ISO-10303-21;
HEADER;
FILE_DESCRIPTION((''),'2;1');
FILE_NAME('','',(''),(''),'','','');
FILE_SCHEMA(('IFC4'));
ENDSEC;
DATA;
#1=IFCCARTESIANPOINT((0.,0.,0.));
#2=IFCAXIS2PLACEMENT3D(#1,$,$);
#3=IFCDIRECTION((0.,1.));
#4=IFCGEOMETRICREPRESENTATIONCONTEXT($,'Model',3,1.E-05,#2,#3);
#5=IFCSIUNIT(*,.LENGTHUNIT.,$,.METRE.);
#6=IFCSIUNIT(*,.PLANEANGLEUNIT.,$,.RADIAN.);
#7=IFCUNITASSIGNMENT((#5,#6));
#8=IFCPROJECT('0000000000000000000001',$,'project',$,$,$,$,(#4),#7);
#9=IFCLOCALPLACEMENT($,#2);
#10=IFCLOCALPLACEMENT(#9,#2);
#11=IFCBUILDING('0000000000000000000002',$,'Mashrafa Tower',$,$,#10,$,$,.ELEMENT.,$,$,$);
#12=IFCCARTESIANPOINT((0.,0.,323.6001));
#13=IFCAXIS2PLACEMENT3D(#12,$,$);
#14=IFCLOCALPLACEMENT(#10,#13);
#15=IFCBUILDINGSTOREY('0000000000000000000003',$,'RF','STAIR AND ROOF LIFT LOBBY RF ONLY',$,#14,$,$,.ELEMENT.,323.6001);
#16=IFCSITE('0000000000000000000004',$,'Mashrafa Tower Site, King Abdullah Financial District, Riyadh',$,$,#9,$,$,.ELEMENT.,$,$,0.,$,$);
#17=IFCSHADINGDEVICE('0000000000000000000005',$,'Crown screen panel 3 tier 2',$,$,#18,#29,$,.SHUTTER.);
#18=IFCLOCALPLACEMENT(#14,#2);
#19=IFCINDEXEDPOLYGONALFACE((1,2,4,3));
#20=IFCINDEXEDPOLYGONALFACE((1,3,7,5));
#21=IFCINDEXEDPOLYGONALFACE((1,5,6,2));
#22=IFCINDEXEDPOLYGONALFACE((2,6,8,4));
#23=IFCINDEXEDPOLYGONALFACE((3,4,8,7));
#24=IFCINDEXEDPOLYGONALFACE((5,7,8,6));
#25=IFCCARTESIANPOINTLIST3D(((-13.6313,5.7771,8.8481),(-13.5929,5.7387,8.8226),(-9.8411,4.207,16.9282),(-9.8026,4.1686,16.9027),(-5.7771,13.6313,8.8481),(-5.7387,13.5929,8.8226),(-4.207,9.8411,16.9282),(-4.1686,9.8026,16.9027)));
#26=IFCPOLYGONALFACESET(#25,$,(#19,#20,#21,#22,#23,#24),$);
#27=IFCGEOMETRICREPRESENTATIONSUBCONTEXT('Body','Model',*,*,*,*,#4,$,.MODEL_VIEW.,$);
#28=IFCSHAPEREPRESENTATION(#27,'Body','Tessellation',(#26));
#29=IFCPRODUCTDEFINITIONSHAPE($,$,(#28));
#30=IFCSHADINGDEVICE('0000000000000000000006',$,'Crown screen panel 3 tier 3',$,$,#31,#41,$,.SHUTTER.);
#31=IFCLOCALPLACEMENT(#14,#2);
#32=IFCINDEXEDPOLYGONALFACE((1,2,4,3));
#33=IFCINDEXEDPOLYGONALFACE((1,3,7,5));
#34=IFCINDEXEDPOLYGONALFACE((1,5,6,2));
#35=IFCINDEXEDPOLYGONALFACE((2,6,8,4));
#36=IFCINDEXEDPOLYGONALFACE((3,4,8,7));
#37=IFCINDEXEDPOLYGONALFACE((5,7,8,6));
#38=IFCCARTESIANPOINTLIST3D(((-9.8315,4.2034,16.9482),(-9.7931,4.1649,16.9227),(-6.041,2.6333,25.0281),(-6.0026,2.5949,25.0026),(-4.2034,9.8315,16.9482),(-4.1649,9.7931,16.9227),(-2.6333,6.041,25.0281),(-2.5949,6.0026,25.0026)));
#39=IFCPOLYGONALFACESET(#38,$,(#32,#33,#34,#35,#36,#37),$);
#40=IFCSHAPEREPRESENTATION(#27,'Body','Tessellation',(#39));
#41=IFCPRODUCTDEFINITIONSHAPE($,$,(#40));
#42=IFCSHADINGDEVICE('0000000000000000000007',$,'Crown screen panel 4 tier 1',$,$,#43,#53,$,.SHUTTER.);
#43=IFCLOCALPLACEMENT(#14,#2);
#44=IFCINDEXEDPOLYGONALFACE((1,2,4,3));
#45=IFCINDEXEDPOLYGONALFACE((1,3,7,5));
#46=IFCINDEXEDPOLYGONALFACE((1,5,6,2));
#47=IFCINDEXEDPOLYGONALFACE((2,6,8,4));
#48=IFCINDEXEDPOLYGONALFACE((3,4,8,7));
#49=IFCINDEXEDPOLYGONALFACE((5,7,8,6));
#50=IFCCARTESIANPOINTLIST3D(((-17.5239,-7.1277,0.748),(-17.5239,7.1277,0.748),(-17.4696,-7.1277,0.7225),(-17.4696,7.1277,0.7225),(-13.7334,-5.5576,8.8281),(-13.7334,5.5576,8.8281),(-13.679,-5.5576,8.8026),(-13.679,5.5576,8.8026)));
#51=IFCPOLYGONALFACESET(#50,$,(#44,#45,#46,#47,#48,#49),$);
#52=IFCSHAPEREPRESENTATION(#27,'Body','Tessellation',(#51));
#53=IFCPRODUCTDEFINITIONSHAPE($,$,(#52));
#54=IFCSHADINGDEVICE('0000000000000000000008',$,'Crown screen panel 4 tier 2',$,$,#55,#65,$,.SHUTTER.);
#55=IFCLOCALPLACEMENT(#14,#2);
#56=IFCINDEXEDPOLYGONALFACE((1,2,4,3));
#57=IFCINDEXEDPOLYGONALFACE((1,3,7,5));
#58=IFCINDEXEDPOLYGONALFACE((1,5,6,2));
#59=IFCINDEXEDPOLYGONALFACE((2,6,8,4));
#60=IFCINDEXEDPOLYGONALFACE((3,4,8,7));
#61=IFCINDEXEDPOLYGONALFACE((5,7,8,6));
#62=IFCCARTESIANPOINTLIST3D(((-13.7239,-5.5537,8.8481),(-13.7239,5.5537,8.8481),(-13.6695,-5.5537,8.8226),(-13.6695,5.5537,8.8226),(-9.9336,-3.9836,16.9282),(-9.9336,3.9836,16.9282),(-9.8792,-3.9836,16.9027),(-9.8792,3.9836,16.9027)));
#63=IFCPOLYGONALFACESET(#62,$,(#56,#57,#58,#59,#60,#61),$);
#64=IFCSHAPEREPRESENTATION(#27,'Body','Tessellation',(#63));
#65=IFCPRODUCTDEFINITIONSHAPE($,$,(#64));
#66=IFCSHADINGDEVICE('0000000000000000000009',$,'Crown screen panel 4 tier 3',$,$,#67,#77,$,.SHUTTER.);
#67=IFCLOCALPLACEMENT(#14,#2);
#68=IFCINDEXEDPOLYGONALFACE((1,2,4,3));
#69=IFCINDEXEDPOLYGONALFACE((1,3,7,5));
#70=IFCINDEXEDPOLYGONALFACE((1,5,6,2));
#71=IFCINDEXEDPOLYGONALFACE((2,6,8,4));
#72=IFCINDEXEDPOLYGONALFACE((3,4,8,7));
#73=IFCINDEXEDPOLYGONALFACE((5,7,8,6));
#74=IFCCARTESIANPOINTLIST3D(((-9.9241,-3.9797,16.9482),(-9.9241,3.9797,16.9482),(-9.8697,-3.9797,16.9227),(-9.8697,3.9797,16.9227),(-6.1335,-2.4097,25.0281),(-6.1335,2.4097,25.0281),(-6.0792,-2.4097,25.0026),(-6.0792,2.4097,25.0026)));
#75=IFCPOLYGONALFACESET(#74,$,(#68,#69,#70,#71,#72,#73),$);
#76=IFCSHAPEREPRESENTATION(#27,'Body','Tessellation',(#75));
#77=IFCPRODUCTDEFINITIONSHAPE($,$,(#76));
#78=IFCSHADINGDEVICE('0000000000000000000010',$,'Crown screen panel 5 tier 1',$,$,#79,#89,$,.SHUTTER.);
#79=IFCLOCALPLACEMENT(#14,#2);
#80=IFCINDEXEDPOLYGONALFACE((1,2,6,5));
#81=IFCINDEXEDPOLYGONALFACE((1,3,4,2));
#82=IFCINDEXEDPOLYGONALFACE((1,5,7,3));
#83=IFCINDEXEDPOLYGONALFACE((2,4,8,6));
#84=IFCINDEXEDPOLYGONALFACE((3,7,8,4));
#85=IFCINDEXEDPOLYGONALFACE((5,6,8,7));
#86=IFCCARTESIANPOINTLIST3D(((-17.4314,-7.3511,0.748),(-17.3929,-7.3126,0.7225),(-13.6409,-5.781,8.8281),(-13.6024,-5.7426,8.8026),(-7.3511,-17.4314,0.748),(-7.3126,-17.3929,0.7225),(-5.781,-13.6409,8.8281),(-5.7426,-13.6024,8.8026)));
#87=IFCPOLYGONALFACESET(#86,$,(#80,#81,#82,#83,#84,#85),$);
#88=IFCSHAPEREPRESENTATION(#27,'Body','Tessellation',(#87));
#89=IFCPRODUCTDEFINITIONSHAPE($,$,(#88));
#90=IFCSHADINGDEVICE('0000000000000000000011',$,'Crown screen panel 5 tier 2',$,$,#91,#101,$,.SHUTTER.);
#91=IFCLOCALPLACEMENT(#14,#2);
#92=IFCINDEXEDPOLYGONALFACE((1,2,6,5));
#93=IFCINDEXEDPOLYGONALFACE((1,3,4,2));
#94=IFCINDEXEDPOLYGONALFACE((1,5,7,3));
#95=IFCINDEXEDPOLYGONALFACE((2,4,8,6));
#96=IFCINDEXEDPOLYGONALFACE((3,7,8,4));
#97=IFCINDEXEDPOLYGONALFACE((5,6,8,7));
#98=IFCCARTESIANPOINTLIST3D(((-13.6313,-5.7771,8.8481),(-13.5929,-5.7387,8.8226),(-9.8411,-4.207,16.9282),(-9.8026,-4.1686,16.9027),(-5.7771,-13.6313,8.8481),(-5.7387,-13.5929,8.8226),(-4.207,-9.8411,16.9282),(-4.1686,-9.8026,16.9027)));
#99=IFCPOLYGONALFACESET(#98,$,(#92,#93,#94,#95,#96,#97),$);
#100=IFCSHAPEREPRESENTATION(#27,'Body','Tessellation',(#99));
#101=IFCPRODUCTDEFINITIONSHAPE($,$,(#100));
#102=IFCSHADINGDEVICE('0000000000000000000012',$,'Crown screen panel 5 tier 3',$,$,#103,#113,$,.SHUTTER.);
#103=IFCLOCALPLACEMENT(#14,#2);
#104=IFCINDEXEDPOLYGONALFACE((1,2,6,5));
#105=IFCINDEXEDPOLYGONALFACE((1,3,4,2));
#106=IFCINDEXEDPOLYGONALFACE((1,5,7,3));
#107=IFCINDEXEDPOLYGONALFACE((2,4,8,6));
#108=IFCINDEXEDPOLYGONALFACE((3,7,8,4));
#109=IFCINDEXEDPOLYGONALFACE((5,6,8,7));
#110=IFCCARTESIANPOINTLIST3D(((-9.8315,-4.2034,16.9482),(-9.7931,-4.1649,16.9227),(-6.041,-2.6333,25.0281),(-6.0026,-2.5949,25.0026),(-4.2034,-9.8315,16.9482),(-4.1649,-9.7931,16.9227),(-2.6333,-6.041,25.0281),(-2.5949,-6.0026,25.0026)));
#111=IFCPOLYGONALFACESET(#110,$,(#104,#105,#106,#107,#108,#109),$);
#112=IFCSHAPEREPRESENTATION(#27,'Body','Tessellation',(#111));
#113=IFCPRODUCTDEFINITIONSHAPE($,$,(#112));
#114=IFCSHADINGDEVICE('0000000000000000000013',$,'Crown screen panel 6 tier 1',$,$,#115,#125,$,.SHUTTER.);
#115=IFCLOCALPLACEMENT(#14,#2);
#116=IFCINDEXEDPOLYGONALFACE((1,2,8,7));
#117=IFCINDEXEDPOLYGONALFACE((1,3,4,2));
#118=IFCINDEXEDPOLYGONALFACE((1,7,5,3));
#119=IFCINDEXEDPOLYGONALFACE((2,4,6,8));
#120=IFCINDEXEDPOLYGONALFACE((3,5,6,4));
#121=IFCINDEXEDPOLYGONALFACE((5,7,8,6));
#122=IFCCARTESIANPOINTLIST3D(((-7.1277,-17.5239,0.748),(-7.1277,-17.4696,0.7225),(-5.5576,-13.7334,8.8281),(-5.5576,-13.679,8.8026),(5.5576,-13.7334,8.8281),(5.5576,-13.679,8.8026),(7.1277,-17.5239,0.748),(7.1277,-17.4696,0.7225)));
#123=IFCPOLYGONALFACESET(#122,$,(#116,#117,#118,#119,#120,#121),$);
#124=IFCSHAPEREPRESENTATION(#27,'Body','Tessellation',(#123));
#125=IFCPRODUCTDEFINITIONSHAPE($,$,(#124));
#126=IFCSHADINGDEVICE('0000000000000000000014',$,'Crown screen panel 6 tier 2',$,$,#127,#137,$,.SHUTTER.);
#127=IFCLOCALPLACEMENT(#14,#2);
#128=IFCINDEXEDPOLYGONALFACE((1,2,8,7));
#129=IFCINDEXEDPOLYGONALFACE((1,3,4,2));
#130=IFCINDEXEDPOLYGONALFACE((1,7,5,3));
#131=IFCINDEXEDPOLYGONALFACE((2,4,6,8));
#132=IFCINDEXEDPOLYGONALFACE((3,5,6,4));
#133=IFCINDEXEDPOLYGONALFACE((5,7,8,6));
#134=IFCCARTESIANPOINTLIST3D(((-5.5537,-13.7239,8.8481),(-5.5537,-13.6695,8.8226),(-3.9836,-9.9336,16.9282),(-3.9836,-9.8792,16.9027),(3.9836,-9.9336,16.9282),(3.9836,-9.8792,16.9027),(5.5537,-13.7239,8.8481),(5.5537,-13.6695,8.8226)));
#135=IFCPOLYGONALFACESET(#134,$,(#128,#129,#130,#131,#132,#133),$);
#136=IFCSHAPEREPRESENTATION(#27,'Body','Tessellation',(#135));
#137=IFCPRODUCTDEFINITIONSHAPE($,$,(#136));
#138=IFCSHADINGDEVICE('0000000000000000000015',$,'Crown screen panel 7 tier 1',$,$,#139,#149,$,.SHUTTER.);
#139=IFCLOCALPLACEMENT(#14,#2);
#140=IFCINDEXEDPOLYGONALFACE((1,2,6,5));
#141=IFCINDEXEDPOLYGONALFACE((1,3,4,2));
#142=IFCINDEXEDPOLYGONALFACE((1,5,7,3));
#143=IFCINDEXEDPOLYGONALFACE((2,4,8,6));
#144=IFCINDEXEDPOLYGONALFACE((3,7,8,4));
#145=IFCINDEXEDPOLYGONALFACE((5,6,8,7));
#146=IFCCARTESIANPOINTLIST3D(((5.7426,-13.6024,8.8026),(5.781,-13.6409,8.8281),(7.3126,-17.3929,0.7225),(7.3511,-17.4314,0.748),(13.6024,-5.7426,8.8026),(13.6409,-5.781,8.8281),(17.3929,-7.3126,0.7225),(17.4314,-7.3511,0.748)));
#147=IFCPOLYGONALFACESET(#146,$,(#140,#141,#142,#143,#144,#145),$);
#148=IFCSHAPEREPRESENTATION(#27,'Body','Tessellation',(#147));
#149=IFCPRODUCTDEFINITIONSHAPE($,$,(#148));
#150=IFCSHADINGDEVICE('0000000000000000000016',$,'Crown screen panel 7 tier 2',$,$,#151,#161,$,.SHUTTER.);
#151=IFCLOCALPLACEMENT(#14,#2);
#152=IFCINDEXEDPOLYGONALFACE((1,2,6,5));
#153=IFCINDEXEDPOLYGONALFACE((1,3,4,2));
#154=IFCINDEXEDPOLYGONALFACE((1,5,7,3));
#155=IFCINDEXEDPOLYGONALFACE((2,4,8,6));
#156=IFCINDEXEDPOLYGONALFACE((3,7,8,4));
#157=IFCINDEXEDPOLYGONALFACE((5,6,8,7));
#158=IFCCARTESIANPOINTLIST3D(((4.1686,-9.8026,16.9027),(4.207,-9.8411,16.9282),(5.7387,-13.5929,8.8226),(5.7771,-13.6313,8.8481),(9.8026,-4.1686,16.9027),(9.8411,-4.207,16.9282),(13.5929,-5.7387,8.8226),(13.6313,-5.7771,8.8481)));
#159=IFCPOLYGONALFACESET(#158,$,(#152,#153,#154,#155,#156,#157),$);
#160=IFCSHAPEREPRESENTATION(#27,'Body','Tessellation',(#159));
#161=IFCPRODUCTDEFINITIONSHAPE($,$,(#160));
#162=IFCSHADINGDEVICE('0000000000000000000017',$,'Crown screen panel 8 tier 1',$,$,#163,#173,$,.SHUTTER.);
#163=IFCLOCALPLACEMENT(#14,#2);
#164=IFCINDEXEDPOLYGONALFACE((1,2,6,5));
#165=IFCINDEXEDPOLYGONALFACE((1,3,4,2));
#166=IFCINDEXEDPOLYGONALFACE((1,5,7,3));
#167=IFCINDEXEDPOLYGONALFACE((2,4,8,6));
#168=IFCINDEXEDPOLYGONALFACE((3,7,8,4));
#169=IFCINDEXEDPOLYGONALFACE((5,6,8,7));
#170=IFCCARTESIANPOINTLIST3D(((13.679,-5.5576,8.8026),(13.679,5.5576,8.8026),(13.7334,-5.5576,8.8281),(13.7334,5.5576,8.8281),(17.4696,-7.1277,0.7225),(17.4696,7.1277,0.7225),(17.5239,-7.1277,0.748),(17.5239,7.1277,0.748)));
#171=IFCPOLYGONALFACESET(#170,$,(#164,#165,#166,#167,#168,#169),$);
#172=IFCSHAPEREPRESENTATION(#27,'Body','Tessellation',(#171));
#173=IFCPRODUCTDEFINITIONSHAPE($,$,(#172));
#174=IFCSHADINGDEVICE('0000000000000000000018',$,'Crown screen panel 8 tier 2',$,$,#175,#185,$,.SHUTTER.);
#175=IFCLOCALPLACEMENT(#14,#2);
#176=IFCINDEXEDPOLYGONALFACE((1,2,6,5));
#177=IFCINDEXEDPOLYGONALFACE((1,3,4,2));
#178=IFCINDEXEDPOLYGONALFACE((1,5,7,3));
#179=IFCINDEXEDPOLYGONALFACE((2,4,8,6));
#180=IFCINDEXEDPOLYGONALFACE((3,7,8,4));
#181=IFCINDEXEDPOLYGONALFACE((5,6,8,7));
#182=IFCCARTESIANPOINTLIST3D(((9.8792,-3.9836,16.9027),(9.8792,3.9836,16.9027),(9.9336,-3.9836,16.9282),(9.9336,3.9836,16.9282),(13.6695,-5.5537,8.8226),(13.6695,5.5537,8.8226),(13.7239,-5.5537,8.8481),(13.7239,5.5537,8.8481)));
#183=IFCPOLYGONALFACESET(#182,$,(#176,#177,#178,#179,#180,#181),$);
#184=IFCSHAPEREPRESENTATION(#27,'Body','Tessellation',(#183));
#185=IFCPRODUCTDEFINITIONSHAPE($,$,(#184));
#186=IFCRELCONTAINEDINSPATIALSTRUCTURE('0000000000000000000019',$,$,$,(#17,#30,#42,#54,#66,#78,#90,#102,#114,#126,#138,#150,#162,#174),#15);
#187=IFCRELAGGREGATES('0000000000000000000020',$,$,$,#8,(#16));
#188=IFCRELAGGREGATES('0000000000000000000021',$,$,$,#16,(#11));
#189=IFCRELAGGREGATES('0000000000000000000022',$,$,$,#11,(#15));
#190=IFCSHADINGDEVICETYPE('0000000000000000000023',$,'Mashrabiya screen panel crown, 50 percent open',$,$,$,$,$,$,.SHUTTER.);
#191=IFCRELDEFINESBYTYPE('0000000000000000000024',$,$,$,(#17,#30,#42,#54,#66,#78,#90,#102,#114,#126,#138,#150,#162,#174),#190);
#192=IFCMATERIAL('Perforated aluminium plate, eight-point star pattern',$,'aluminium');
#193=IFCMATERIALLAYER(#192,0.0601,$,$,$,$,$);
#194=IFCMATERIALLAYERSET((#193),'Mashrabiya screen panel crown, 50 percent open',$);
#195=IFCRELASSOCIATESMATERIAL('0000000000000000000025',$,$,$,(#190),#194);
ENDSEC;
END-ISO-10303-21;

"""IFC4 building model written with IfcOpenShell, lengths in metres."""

from ifc_helpers import new_model, si_unit, direction, frame, origin, place, context, subcontext, project, spatial, polyline, outline, extrude, material, layer, layer_set, type_object, element, save


model = new_model("IFC4")

# Units and contexts
model_context = context("Model", 3, precision=1e-05, world=origin(), true_north=direction((0.0, 1.0)))
body_context = subcontext(model_context, "Body", "Model", "MODEL_VIEW")
ifc_project = project(units=[si_unit("LENGTHUNIT", "METRE"), si_unit("PLANEANGLEUNIT", "RADIAN")], contexts=[model_context])

# Site, building, storey
site_placement = place(None, origin())
site = spatial("IfcSite", under=ifc_project, at=site_placement, Name="Mashrafa Tower Site, King Abdullah Financial District, Riyadh", CompositionType="ELEMENT", RefElevation=0.0)
building_placement = place(site_placement, origin())
building = spatial("IfcBuilding", under=site, at=building_placement, Name="Mashrafa Tower", CompositionType="ELEMENT")
storey_placement = place(building_placement, frame((0.0, 0.0, 323.6001)))
storey = spatial("IfcBuildingStorey", under=building, at=storey_placement, Name="RF", Description="STAIR AND ROOF LIFT LOBBY RF ONLY", CompositionType="ELEMENT", Elevation=323.6001)

# Shading devices
ifc_material_1 = material(Name="Perforated aluminium plate, eight-point star pattern", Category="aluminium")
ifc_layer = layer(ifc_material_1, 0.0601)
ifc_layer_set = layer_set([ifc_layer], Name="Mashrabiya screen panel crown, 50 percent open")
shading_device_type = type_object("IfcShadingDeviceType", Name="Mashrabiya screen panel crown, 50 percent open", PredefinedType="SHUTTER", material=ifc_layer_set)
shading_device_1_placement = place(storey_placement, frame((-5.7771, 13.6313, 8.8481), z_axis=(-0.640171, 0.640171, 0.424691), x_axis=(-0.707107, -0.707107, 0.0)))
element("IfcShadingDevice", 1, at=shading_device_1_placement, inside=storey, type_object=shading_device_type, Name="Crown screen panel 3 tier 2", PredefinedType="SHUTTER", context=body_context, shape_type="SweptSolid", body=[
    extrude(outline(polyline([(0.0, 0.0), (11.1076, 0.0), (9.5377, 8.9249), (1.5699, 8.9249), (0.0, 0.0)])), origin(), (0.0, 0.0, -1.0), 0.0601),
])
shading_device_2_placement = place(storey_placement, frame((-4.2034, 9.8315, 16.9482), z_axis=(-0.640162, 0.640162, 0.424718), x_axis=(-0.707107, -0.707107, 0.0)))
element("IfcShadingDevice", 2, at=shading_device_2_placement, inside=storey, type_object=shading_device_type, Name="Crown screen panel 3 tier 3", PredefinedType="SHUTTER", context=body_context, shape_type="SweptSolid", body=[
    extrude(outline(polyline([(0.0, 0.0), (7.9594, 0.0), (6.3893, 8.9248), (1.5701, 8.9248), (0.0, 0.0)])), origin(), (0.0, 0.0, -1.0), 0.0601),
])
shading_device_3_placement = place(storey_placement, frame((-17.5239, 7.1277, 0.748), z_axis=(-0.90533, 0.0, 0.424709), x_axis=(0.0, -1.0, 0.0)))
element("IfcShadingDevice", 3, at=shading_device_3_placement, inside=storey, type_object=shading_device_type, Name="Crown screen panel 4 tier 1", PredefinedType="SHUTTER", context=body_context, shape_type="SweptSolid", body=[
    extrude(outline(polyline([(0.0, 0.0), (14.2554, 0.0), (12.6853, 8.925), (1.5701, 8.925), (0.0, 0.0)])), origin(), (0.0, 0.0, -1.0), 0.0601),
])
shading_device_4_placement = place(storey_placement, frame((-13.7239, 5.5537, 8.8481), z_axis=(-0.905341, 0.0, 0.424686), x_axis=(0.0, -1.0, 0.0)))
element("IfcShadingDevice", 4, at=shading_device_4_placement, inside=storey, type_object=shading_device_type, Name="Crown screen panel 4 tier 2", PredefinedType="SHUTTER", context=body_context, shape_type="SweptSolid", body=[
    extrude(outline(polyline([(0.0, 0.0), (11.1074, 0.0), (9.5374, 8.9249), (1.5701, 8.9249), (0.0, 0.0)])), origin(), (0.0, 0.0, -1.0), 0.0601),
])
shading_device_5_placement = place(storey_placement, frame((-9.9241, 3.9797, 16.9482), z_axis=(-0.905325, 0.0, 0.424719), x_axis=(0.0, -1.0, 0.0)))
element("IfcShadingDevice", 5, at=shading_device_5_placement, inside=storey, type_object=shading_device_type, Name="Crown screen panel 4 tier 3", PredefinedType="SHUTTER", context=body_context, shape_type="SweptSolid", body=[
    extrude(outline(polyline([(0.0, 0.0), (7.9595, 0.0), (6.3894, 8.9248), (1.5701, 8.9248), (0.0, 0.0)])), origin(), (0.0, 0.0, -1.0), 0.0601),
])
shading_device_6_placement = place(storey_placement, frame((-17.4314, -7.3511, 0.748), z_axis=(-0.640165, -0.640165, 0.424707), x_axis=(0.707107, -0.707107, 0.0)))
element("IfcShadingDevice", 6, at=shading_device_6_placement, inside=storey, type_object=shading_device_type, Name="Crown screen panel 5 tier 1", PredefinedType="SHUTTER", context=body_context, shape_type="SweptSolid", body=[
    extrude(outline(polyline([(0.0, 0.0), (14.2557, 0.0), (12.6856, 8.925), (1.5701, 8.925), (0.0, 0.0)])), origin(), (0.0, 0.0, -1.0), 0.0601),
])
shading_device_7_placement = place(storey_placement, frame((-13.6313, -5.7771, 8.8481), z_axis=(-0.640171, -0.640171, 0.424691), x_axis=(0.707107, -0.707107, 0.0)))
element("IfcShadingDevice", 7, at=shading_device_7_placement, inside=storey, type_object=shading_device_type, Name="Crown screen panel 5 tier 2", PredefinedType="SHUTTER", context=body_context, shape_type="SweptSolid", body=[
    extrude(outline(polyline([(0.0, 0.0), (11.1076, 0.0), (9.5377, 8.9249), (1.5699, 8.9249), (0.0, 0.0)])), origin(), (0.0, 0.0, -1.0), 0.0601),
])
shading_device_8_placement = place(storey_placement, frame((-9.8315, -4.2034, 16.9482), z_axis=(-0.640162, -0.640162, 0.424718), x_axis=(0.707107, -0.707107, 0.0)))
element("IfcShadingDevice", 8, at=shading_device_8_placement, inside=storey, type_object=shading_device_type, Name="Crown screen panel 5 tier 3", PredefinedType="SHUTTER", context=body_context, shape_type="SweptSolid", body=[
    extrude(outline(polyline([(0.0, 0.0), (7.9594, 0.0), (6.3893, 8.9248), (1.5701, 8.9248), (0.0, 0.0)])), origin(), (0.0, 0.0, -1.0), 0.0601),
])
shading_device_9_placement = place(storey_placement, frame((-7.1277, -17.5239, 0.748), z_axis=(0.0, -0.90533, 0.424709), x_axis=(1.0, 0.0, 0.0)))
element("IfcShadingDevice", 9, at=shading_device_9_placement, inside=storey, type_object=shading_device_type, Name="Crown screen panel 6 tier 1", PredefinedType="SHUTTER", context=body_context, shape_type="SweptSolid", body=[
    extrude(outline(polyline([(0.0, 0.0), (14.2554, 0.0), (12.6853, 8.925), (1.5701, 8.925), (0.0, 0.0)])), origin(), (0.0, 0.0, -1.0), 0.0601),
])
shading_device_10_placement = place(storey_placement, frame((-5.5537, -13.7239, 8.8481), z_axis=(0.0, -0.905341, 0.424686), x_axis=(1.0, 0.0, 0.0)))
element("IfcShadingDevice", 10, at=shading_device_10_placement, inside=storey, type_object=shading_device_type, Name="Crown screen panel 6 tier 2", PredefinedType="SHUTTER", context=body_context, shape_type="SweptSolid", body=[
    extrude(outline(polyline([(0.0, 0.0), (11.1074, 0.0), (9.5374, 8.9249), (1.5701, 8.9249), (0.0, 0.0)])), origin(), (0.0, 0.0, -1.0), 0.0601),
])
shading_device_11_placement = place(storey_placement, frame((7.3511, -17.4314, 0.748), z_axis=(0.640165, -0.640165, 0.424707), x_axis=(0.707107, 0.707107, 0.0)))
element("IfcShadingDevice", 11, at=shading_device_11_placement, inside=storey, type_object=shading_device_type, Name="Crown screen panel 7 tier 1", PredefinedType="SHUTTER", context=body_context, shape_type="SweptSolid", body=[
    extrude(outline(polyline([(0.0, 0.0), (14.2557, 0.0), (12.6856, 8.925), (1.5701, 8.925), (0.0, 0.0)])), origin(), (0.0, 0.0, -1.0), 0.0601),
])
shading_device_12_placement = place(storey_placement, frame((5.7771, -13.6313, 8.8481), z_axis=(0.640171, -0.640171, 0.424691), x_axis=(0.707107, 0.707107, 0.0)))
element("IfcShadingDevice", 12, at=shading_device_12_placement, inside=storey, type_object=shading_device_type, Name="Crown screen panel 7 tier 2", PredefinedType="SHUTTER", context=body_context, shape_type="SweptSolid", body=[
    extrude(outline(polyline([(0.0, 0.0), (11.1076, 0.0), (9.5377, 8.9249), (1.5699, 8.9249), (0.0, 0.0)])), origin(), (0.0, 0.0, -1.0), 0.0601),
])
shading_device_13_placement = place(storey_placement, frame((17.5239, -7.1277, 0.748), z_axis=(0.90533, 0.0, 0.424709), x_axis=(0.0, 1.0, 0.0)))
element("IfcShadingDevice", 13, at=shading_device_13_placement, inside=storey, type_object=shading_device_type, Name="Crown screen panel 8 tier 1", PredefinedType="SHUTTER", context=body_context, shape_type="SweptSolid", body=[
    extrude(outline(polyline([(0.0, 0.0), (14.2554, 0.0), (12.6853, 8.925), (1.5701, 8.925), (0.0, 0.0)])), origin(), (0.0, 0.0, -1.0), 0.0601),
])
shading_device_14_placement = place(storey_placement, frame((13.7239, -5.5537, 8.8481), z_axis=(0.905341, 0.0, 0.424686), x_axis=(0.0, 1.0, 0.0)))
element("IfcShadingDevice", 14, at=shading_device_14_placement, inside=storey, type_object=shading_device_type, Name="Crown screen panel 8 tier 2", PredefinedType="SHUTTER", context=body_context, shape_type="SweptSolid", body=[
    extrude(outline(polyline([(0.0, 0.0), (11.1074, 0.0), (9.5374, 8.9249), (1.5701, 8.9249), (0.0, 0.0)])), origin(), (0.0, 0.0, -1.0), 0.0601),
])

save(model, "model.ifc")
